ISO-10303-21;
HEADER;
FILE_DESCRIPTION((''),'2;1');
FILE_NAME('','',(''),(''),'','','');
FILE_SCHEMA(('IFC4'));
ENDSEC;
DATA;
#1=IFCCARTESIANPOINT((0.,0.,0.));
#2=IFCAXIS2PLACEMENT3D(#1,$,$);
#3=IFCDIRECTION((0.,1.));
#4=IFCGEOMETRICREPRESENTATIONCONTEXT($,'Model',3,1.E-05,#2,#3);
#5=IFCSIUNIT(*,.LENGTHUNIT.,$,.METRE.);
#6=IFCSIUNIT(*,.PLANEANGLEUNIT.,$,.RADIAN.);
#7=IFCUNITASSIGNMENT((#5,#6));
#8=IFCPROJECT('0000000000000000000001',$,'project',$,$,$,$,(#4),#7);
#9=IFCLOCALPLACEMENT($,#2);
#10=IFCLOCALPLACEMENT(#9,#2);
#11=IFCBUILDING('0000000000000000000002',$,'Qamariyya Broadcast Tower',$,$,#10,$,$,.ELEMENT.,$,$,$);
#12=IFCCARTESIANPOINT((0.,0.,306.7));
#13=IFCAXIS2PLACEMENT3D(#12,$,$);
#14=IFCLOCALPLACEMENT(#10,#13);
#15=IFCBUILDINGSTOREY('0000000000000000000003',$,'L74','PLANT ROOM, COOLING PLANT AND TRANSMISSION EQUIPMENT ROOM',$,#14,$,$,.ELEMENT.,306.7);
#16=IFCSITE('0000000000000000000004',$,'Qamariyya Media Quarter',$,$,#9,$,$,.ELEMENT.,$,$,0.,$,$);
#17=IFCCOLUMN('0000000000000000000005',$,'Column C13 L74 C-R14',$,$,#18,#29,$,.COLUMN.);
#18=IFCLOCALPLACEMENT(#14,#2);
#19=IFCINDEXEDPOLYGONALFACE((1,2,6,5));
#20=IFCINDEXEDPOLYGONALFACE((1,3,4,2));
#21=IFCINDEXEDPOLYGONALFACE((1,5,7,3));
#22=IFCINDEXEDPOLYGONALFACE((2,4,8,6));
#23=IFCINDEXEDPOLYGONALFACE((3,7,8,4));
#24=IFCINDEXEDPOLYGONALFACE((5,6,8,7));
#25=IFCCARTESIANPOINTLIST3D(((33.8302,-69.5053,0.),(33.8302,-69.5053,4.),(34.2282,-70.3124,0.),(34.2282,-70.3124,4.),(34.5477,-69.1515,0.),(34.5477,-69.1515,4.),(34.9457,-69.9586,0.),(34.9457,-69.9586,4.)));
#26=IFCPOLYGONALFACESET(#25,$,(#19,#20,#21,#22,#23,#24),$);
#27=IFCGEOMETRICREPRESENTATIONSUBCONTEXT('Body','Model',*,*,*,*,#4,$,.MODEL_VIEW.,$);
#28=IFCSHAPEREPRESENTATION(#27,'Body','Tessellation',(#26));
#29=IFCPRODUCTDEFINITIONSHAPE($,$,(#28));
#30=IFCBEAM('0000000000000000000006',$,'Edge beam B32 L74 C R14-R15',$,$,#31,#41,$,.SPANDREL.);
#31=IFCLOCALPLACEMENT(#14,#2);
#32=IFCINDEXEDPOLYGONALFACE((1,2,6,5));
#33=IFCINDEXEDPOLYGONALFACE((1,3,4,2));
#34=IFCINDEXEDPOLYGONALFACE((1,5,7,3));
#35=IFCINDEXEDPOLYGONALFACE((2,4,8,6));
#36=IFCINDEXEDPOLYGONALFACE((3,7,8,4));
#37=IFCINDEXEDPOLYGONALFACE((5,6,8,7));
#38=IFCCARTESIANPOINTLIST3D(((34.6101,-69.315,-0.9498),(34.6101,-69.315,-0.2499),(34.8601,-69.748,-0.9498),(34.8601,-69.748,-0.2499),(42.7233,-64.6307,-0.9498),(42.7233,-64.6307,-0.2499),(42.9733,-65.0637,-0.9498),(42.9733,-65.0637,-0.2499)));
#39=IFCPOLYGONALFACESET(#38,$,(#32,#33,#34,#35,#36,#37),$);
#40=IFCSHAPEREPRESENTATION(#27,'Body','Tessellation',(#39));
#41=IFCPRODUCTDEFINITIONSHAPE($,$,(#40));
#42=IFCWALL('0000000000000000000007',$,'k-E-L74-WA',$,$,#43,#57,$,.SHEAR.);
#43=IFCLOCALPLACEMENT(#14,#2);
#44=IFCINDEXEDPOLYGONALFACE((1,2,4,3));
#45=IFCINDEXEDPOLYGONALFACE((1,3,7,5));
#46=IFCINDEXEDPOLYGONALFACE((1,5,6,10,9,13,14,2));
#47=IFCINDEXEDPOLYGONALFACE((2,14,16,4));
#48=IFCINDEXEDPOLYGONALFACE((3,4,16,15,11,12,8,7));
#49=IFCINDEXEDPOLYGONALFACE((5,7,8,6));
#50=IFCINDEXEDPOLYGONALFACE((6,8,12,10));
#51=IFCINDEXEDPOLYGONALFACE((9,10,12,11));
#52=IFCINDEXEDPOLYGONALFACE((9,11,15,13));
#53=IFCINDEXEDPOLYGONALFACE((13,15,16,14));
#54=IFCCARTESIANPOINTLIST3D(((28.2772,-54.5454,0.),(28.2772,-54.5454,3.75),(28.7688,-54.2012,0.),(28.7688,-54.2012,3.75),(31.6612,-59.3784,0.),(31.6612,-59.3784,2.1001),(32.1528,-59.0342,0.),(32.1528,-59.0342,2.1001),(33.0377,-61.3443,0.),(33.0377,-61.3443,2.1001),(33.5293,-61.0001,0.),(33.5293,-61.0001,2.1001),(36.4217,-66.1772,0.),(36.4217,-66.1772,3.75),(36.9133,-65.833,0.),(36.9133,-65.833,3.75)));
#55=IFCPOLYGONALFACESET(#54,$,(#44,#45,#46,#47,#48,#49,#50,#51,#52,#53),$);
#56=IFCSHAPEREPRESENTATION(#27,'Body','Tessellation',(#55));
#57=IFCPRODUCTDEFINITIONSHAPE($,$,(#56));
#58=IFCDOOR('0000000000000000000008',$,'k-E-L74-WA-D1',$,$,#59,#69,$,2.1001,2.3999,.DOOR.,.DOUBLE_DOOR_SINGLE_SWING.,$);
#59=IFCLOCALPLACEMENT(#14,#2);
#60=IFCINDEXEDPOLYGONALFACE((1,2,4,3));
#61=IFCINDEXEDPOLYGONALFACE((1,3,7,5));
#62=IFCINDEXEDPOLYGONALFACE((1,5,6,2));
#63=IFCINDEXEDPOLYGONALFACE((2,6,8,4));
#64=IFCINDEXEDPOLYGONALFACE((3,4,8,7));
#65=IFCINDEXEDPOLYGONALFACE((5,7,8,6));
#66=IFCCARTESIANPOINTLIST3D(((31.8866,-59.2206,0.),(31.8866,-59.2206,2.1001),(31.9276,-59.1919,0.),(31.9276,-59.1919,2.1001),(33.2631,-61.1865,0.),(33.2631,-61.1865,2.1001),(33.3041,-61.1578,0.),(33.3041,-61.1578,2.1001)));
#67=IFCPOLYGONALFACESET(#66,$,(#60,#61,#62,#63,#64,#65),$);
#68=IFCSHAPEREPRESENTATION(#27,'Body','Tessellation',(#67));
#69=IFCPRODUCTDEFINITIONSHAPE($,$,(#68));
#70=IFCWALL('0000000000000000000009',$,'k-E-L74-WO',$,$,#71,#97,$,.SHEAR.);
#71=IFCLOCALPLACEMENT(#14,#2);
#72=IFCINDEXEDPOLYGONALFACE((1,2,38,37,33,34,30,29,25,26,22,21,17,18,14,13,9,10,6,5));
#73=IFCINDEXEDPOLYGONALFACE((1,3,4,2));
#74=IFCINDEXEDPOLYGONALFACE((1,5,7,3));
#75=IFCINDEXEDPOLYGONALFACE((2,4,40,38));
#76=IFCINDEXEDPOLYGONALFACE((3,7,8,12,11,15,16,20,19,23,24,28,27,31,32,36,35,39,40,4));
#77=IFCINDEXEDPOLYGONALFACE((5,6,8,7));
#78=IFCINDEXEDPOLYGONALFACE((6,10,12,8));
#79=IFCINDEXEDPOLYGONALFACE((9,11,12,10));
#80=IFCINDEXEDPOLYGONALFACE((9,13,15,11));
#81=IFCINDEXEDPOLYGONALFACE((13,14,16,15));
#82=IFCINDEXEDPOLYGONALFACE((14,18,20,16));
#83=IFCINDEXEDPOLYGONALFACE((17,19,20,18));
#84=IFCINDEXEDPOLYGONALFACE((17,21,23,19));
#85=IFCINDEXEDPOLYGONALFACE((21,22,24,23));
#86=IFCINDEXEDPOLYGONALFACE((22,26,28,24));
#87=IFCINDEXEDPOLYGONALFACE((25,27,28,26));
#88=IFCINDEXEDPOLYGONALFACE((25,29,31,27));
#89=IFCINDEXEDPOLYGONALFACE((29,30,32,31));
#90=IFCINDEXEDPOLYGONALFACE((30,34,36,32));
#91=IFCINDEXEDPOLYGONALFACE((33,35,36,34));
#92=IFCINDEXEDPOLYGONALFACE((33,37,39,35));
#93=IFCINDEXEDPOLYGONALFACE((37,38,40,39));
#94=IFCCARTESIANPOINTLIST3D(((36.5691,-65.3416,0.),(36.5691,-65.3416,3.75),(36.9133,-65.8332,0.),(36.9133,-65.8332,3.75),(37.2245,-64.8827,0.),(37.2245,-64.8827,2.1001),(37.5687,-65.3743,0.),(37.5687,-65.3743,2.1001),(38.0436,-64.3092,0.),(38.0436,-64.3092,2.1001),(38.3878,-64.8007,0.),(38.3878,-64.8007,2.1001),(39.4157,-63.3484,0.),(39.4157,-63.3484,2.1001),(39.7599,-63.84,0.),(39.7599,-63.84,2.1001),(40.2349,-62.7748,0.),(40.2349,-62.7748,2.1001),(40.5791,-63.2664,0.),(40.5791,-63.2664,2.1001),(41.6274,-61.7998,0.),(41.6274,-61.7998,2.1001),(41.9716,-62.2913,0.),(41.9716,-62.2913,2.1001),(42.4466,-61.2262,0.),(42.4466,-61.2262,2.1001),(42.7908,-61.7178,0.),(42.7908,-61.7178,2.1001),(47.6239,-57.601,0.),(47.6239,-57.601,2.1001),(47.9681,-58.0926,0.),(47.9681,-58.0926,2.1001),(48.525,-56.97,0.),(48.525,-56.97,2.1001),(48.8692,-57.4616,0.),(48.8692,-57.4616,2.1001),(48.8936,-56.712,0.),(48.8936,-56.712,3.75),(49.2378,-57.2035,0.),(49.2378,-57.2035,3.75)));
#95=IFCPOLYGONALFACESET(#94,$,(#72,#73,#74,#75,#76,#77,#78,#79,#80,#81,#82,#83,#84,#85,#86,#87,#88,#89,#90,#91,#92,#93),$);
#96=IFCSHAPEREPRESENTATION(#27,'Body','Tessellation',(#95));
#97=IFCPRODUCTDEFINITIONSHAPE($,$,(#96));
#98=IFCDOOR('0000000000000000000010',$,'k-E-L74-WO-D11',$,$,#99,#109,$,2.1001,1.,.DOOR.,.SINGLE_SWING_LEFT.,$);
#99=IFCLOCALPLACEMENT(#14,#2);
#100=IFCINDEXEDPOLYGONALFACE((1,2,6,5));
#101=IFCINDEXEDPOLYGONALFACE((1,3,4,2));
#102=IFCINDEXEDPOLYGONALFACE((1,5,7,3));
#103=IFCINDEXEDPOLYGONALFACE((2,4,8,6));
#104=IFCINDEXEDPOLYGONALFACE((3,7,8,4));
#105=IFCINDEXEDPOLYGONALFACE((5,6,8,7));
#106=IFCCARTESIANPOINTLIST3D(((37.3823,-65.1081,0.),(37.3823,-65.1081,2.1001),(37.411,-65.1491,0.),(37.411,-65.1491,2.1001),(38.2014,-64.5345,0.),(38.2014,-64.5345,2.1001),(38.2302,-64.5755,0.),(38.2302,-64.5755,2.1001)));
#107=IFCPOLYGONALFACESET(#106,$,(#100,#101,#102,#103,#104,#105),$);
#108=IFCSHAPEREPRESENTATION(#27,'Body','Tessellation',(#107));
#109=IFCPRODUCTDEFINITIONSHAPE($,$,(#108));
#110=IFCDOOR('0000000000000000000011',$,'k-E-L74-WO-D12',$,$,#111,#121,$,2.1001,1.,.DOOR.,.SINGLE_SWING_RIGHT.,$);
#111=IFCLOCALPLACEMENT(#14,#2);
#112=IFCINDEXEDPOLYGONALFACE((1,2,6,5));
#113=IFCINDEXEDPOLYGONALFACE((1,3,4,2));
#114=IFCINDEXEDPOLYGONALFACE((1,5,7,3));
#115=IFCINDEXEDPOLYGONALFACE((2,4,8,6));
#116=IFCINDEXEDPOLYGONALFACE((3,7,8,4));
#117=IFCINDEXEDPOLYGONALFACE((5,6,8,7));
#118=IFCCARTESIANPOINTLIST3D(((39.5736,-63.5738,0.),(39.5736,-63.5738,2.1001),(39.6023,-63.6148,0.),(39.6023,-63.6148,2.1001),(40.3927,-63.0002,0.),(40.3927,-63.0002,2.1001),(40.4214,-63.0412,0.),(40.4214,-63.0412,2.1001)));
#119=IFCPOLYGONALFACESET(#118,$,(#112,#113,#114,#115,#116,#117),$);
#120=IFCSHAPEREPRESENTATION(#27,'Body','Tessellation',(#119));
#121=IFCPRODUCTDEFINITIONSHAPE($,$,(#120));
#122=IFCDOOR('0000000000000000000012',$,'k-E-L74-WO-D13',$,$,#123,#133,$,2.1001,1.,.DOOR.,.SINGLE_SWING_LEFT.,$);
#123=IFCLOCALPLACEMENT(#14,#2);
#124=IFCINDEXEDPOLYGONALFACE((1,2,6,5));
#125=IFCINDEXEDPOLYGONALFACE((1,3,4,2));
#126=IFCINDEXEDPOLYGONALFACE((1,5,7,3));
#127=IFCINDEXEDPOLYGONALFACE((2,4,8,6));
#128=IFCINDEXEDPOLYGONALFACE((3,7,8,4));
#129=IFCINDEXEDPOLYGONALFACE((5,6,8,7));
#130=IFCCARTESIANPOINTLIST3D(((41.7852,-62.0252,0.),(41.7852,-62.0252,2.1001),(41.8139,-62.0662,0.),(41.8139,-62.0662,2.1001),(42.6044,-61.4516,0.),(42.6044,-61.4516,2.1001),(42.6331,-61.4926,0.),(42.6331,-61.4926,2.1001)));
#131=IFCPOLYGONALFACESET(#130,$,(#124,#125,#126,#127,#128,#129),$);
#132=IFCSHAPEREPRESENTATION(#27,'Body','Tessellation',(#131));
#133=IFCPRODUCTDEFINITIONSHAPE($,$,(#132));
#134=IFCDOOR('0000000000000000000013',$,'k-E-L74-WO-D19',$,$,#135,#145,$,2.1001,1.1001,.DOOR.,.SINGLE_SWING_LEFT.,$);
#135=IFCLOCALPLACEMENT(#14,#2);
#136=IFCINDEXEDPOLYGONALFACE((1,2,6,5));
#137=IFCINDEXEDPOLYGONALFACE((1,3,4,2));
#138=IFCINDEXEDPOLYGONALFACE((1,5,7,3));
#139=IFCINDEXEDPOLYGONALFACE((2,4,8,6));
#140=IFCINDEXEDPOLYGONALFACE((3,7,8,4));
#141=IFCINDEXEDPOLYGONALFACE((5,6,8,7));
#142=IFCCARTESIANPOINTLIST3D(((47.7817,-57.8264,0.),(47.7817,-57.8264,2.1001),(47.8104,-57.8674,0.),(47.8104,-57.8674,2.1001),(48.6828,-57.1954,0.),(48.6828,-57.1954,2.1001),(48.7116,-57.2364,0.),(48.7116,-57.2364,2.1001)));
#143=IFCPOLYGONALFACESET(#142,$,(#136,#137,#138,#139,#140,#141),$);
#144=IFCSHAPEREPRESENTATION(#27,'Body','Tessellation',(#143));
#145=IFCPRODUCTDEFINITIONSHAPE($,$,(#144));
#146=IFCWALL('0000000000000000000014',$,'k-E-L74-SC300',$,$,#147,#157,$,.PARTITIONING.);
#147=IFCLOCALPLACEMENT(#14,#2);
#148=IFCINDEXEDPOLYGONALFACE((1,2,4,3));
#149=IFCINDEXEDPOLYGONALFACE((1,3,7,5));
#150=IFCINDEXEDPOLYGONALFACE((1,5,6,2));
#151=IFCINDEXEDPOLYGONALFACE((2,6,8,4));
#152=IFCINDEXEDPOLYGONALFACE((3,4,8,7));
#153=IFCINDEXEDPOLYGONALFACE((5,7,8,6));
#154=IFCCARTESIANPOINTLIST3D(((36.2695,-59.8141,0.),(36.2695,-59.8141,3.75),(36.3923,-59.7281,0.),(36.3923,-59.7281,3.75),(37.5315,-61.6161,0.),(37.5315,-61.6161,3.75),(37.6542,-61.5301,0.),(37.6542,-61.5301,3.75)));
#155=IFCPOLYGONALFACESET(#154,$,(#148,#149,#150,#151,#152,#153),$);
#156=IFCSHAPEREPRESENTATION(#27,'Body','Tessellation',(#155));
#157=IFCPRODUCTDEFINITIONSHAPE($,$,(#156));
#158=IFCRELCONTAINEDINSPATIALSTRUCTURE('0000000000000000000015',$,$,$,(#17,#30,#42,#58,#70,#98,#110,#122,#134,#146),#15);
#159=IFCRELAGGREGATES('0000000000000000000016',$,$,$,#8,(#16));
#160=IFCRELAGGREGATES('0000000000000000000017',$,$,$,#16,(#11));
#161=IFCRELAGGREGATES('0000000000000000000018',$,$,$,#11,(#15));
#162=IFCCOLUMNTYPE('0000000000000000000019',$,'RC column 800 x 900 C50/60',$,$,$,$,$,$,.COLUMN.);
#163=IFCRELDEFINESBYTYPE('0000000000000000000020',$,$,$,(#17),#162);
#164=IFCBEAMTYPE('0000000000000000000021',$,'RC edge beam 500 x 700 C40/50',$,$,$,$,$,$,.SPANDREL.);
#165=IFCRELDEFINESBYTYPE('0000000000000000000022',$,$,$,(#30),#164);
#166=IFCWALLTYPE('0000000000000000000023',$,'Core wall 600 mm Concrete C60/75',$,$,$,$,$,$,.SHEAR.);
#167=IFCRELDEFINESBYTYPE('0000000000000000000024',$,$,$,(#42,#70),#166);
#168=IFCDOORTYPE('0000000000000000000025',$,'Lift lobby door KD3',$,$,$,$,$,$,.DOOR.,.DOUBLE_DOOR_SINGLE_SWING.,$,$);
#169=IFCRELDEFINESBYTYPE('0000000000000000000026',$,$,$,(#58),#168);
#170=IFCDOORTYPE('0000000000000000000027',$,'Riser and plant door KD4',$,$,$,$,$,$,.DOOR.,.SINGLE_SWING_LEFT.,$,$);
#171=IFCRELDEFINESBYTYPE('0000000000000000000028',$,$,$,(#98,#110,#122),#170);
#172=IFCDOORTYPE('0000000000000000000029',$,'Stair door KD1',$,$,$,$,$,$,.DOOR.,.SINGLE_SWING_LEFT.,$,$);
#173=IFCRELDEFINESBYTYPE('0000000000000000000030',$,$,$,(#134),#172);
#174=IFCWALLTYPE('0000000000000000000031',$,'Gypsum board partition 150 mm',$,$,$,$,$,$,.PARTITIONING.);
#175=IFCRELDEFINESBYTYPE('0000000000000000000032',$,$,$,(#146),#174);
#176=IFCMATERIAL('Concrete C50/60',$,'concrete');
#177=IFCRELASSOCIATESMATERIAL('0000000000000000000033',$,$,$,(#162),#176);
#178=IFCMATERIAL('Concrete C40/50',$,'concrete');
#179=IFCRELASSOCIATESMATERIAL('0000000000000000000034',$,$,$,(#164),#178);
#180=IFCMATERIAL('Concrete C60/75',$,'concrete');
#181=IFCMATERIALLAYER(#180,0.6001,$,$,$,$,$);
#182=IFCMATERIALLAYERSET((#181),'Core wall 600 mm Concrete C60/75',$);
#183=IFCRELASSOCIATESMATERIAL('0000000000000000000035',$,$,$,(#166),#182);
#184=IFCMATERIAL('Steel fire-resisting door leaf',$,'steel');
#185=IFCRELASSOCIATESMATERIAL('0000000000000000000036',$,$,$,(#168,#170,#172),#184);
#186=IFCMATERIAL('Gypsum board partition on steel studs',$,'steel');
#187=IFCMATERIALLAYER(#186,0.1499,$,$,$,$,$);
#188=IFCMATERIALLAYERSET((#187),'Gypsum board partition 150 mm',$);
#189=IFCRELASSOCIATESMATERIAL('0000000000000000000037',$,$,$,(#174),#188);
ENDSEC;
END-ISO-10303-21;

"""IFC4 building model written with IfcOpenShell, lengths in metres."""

from ifc_helpers import new_model, si_unit, direction, frame, frame_2d, origin, origin_2d, place, context, subcontext, project, spatial, rectangle, extrude, material, layer, layer_set, material_profile, profile_set, type_object, element, fill, save


model = new_model("IFC4")

# Units and contexts
model_context = context("Model", 3, precision=1e-05, world=origin(), true_north=direction((0.0, 1.0)))
body_context = subcontext(model_context, "Body", "Model", "MODEL_VIEW")
ifc_project = project(units=[si_unit("LENGTHUNIT", "METRE"), si_unit("PLANEANGLEUNIT", "RADIAN")], contexts=[model_context])

# Site, building, storey
site_placement = place(None, origin())
site = spatial("IfcSite", under=ifc_project, at=site_placement, Name="Qamariyya Media Quarter", CompositionType="ELEMENT", RefElevation=0.0)
building_placement = place(site_placement, origin())
building = spatial("IfcBuilding", under=site, at=building_placement, Name="Qamariyya Broadcast Tower", CompositionType="ELEMENT")
storey_placement = place(building_placement, frame((0.0, 0.0, 306.7)))
storey = spatial("IfcBuildingStorey", under=building, at=storey_placement, Name="L74", Description="PLANT ROOM, COOLING PLANT AND TRANSMISSION EQUIPMENT ROOM", CompositionType="ELEMENT", Elevation=306.7)

# Column
ifc_material_1 = material(Name="Concrete C50/60", Category="concrete")
ifc_material_profile_1 = material_profile(ifc_material_1, rectangle(XDim=0.8, YDim=0.8999, at=origin_2d()))
ifc_profile_set_1 = profile_set([ifc_material_profile_1], Name="Concrete C50/60")
column_type = type_object("IfcColumnType", Name="RC column 800 x 900 C50/60", PredefinedType="COLUMN", material=ifc_profile_set_1)
column_placement = place(storey_placement, frame((34.3879, -69.7319, 0.0), z_axis=(0.0, 0.0, 1.0), x_axis=(0.896873, 0.442289, 0.0)))
element("IfcColumn", 1, at=column_placement, inside=storey, type_object=column_type, Name="Column C13 L74 C-R14", PredefinedType="COLUMN", context=body_context, shape_type="SweptSolid", body=[
    extrude(rectangle(XDim=0.8, YDim=0.8999, at=origin_2d()), origin(), (0.0, 0.0, 1.0), 4.0),
])

# Beam
ifc_material_2 = material(Name="Concrete C40/50", Category="concrete")
ifc_material_profile_2 = material_profile(ifc_material_2, rectangle(XDim=0.5, YDim=0.7, at=origin_2d()))
ifc_profile_set_2 = profile_set([ifc_material_profile_2], Name="Concrete C40/50")
beam_type = type_object("IfcBeamType", Name="RC edge beam 500 x 700 C40/50", PredefinedType="SPANDREL", material=ifc_profile_set_2)
beam_placement = place(storey_placement, frame((34.7351, -69.5315, -0.5999), z_axis=(0.86602, 0.50001, 0.0), x_axis=(-0.50001, 0.86602, 0.0)))
element("IfcBeam", 2, at=beam_placement, inside=storey, type_object=beam_type, Name="Edge beam B32 L74 C R14-R15", PredefinedType="SPANDREL", context=body_context, shape_type="SweptSolid", body=[
    extrude(rectangle(XDim=0.5, YDim=0.7, at=origin_2d()), origin(), (0.0, 0.0, 1.0), 9.3684),
])

# Wall, opening, door
ifc_material_3 = material(Name="Concrete C60/75", Category="concrete")
ifc_layer_1 = layer(ifc_material_3, 0.6001)
ifc_layer_set_1 = layer_set([ifc_layer_1], Name="Core wall 600 mm Concrete C60/75")
wall_type_1 = type_object("IfcWallType", Name="Core wall 600 mm Concrete C60/75", PredefinedType="SHEAR", material=ifc_layer_set_1)
wall_1_placement = place(storey_placement, frame((36.6675, -66.0051, 0.0), z_axis=(0.0, 0.0, 1.0), x_axis=(-0.573568, 0.819158, 0.0)))
wall_1 = element("IfcWall", 3, at=wall_1_placement, inside=storey, type_object=wall_type_1, Name="k-E-L74-WA", PredefinedType="SHEAR", context=body_context, shape_type="SweptSolid", body=[
    extrude(rectangle(XDim=14.1997, YDim=0.6001, at=frame_2d((7.0999, 0.0))), origin(), (0.0, 0.0, 1.0), 3.75),
])
opening_1_placement = place(wall_1_placement, frame((5.8999, 0.0, 0.0)))
opening_1 = element("IfcOpeningElement", 4, at=opening_1_placement, cuts=wall_1, PredefinedType="OPENING", context=body_context, shape_type="SweptSolid", body=[
    extrude(rectangle(XDim=2.3999, YDim=2.1001, at=frame_2d((1.2, 1.05))), frame((0.0, 0.3101, 0.0), z_axis=(0.0, -1.0, 0.0), x_axis=(1.0, 0.0, 0.0)), (0.0, 0.0, 1.0), 0.6201),
])
ifc_material_4 = material(Name="Steel fire-resisting door leaf", Category="steel")
door_type_1 = type_object("IfcDoorType", Name="Lift lobby door KD3", OperationType="DOUBLE_DOOR_SINGLE_SWING", PredefinedType="DOOR", material=ifc_material_4)
door_1_placement = place(opening_1_placement, origin())
door_1 = element("IfcDoor", 5, at=door_1_placement, inside=storey, type_object=door_type_1, Name="k-E-L74-WA-D1", OperationType="DOUBLE_DOOR_SINGLE_SWING", OverallHeight=2.1001, OverallWidth=2.3999, PredefinedType="DOOR", context=body_context, shape_type="SweptSolid", body=[
    extrude(rectangle(XDim=2.3999, YDim=2.1001, at=frame_2d((1.2, 1.05))), frame((0.0, 0.0249, 0.0), z_axis=(0.0, -1.0, 0.0), x_axis=(1.0, 0.0, 0.0)), (0.0, 0.0, 1.0), 0.05),
])
fill(opening_1, door_1)

# Wall, openings, doors
wall_2_placement = place(storey_placement, frame((36.7412, -65.5874, 0.0), z_axis=(0.0, 0.0, 1.0), x_axis=(0.819153, 0.573575, 0.0)))
wall_2 = element("IfcWall", 6, at=wall_2_placement, inside=storey, type_object=wall_type_1, Name="k-E-L74-WO", PredefinedType="SHEAR", context=body_context, shape_type="SweptSolid", body=[
    extrude(rectangle(XDim=15.0454, YDim=0.6001, at=frame_2d((7.5227, 0.0))), origin(), (0.0, 0.0, 1.0), 3.75),
])
opening_2_placement = place(wall_2_placement, frame((0.8, 0.0, 0.0)))
opening_2 = element("IfcOpeningElement", 7, at=opening_2_placement, cuts=wall_2, PredefinedType="OPENING", context=body_context, shape_type="SweptSolid", body=[
    extrude(rectangle(XDim=1.0, YDim=2.1001, at=frame_2d((0.5, 1.05))), frame((0.0, 0.3101, 0.0), z_axis=(0.0, -1.0, 0.0), x_axis=(1.0, 0.0, 0.0)), (0.0, 0.0, 1.0), 0.6201),
])
opening_3_placement = place(wall_2_placement, frame((3.4751, 0.0, 0.0)))
opening_3 = element("IfcOpeningElement", 8, at=opening_3_placement, cuts=wall_2, PredefinedType="OPENING", context=body_context, shape_type="SweptSolid", body=[
    extrude(rectangle(XDim=1.0, YDim=2.1001, at=frame_2d((0.5, 1.05))), frame((0.0, 0.3101, 0.0), z_axis=(0.0, -1.0, 0.0), x_axis=(1.0, 0.0, 0.0)), (0.0, 0.0, 1.0), 0.6201),
])
opening_4_placement = place(wall_2_placement, frame((6.175, 0.0, 0.0)))
opening_4 = element("IfcOpeningElement", 9, at=opening_4_placement, cuts=wall_2, PredefinedType="OPENING", context=body_context, shape_type="SweptSolid", body=[
    extrude(rectangle(XDim=1.0, YDim=2.1001, at=frame_2d((0.5, 1.05))), frame((0.0, 0.3101, 0.0), z_axis=(0.0, -1.0, 0.0), x_axis=(1.0, 0.0, 0.0)), (0.0, 0.0, 1.0), 0.6201),
])
opening_5_placement = place(wall_2_placement, frame((13.4954, 0.0, 0.0)))
opening_5 = element("IfcOpeningElement", 10, at=opening_5_placement, cuts=wall_2, PredefinedType="OPENING", context=body_context, shape_type="SweptSolid", body=[
    extrude(rectangle(XDim=1.1001, YDim=2.1001, at=frame_2d((0.55, 1.05))), frame((0.0, 0.3101, 0.0), z_axis=(0.0, -1.0, 0.0), x_axis=(1.0, 0.0, 0.0)), (0.0, 0.0, 1.0), 0.6201),
])
door_type_2 = type_object("IfcDoorType", Name="Riser and plant door KD4", OperationType="SINGLE_SWING_LEFT", PredefinedType="DOOR", material=ifc_material_4)
door_2_placement = place(opening_2_placement, origin())
door_2 = element("IfcDoor", 11, at=door_2_placement, inside=storey, type_object=door_type_2, Name="k-E-L74-WO-D11", OperationType="SINGLE_SWING_LEFT", OverallHeight=2.1001, OverallWidth=1.0, PredefinedType="DOOR", context=body_context, shape_type="SweptSolid", body=[
    extrude(rectangle(XDim=1.0, YDim=2.1001, at=frame_2d((0.5, 1.05))), frame((0.0, 0.0249, 0.0), z_axis=(0.0, -1.0, 0.0), x_axis=(1.0, 0.0, 0.0)), (0.0, 0.0, 1.0), 0.05),
])
fill(opening_2, door_2)
door_3_placement = place(opening_3_placement, origin())
door_3 = element("IfcDoor", 12, at=door_3_placement, inside=storey, type_object=door_type_2, Name="k-E-L74-WO-D12", OperationType="SINGLE_SWING_RIGHT", OverallHeight=2.1001, OverallWidth=1.0, PredefinedType="DOOR", context=body_context, shape_type="SweptSolid", body=[
    extrude(rectangle(XDim=1.0, YDim=2.1001, at=frame_2d((0.5, 1.05))), frame((0.0, 0.0249, 0.0), z_axis=(0.0, -1.0, 0.0), x_axis=(1.0, 0.0, 0.0)), (0.0, 0.0, 1.0), 0.05),
])
fill(opening_3, door_3)
door_4_placement = place(opening_4_placement, origin())
door_4 = element("IfcDoor", 13, at=door_4_placement, inside=storey, type_object=door_type_2, Name="k-E-L74-WO-D13", OperationType="SINGLE_SWING_LEFT", OverallHeight=2.1001, OverallWidth=1.0, PredefinedType="DOOR", context=body_context, shape_type="SweptSolid", body=[
    extrude(rectangle(XDim=1.0, YDim=2.1001, at=frame_2d((0.5, 1.05))), frame((0.0, 0.0249, 0.0), z_axis=(0.0, -1.0, 0.0), x_axis=(1.0, 0.0, 0.0)), (0.0, 0.0, 1.0), 0.05),
])
fill(opening_4, door_4)
door_type_3 = type_object("IfcDoorType", Name="Stair door KD1", OperationType="SINGLE_SWING_LEFT", PredefinedType="DOOR", material=ifc_material_4)
door_5_placement = place(opening_5_placement, origin())
door_5 = element("IfcDoor", 14, at=door_5_placement, inside=storey, type_object=door_type_3, Name="k-E-L74-WO-D19", OperationType="SINGLE_SWING_LEFT", OverallHeight=2.1001, OverallWidth=1.1001, PredefinedType="DOOR", context=body_context, shape_type="SweptSolid", body=[
    extrude(rectangle(XDim=1.1001, YDim=2.1001, at=frame_2d((0.55, 1.05))), frame((0.0, 0.0249, 0.0), z_axis=(0.0, -1.0, 0.0), x_axis=(1.0, 0.0, 0.0)), (0.0, 0.0, 1.0), 0.05),
])
fill(opening_5, door_5)

# Wall
ifc_material_5 = material(Name="Gypsum board partition on steel studs", Category="steel")
ifc_layer_2 = layer(ifc_material_5, 0.1499)
ifc_layer_set_2 = layer_set([ifc_layer_2], Name="Gypsum board partition 150 mm")
wall_type_2 = type_object("IfcWallType", Name="Gypsum board partition 150 mm", PredefinedType="PARTITIONING", material=ifc_layer_set_2)
for number, where, z_axis, x_axis, name in (
    (15, (36.3308, -59.771, 0.0), (0.0, 0.0, 1.0), (0.573634, -0.819112, 0.0), "k-E-L74-SC300"),
):
    element("IfcWall", number, at=place(storey_placement, frame(where, z_axis=z_axis, x_axis=x_axis)), inside=storey, type_object=wall_type_2, Name=name, PredefinedType="PARTITIONING", context=body_context, shape_type="SweptSolid", body=[
        extrude(rectangle(XDim=2.2, YDim=0.1499, at=frame_2d((1.1001, 0.0))), origin(), (0.0, 0.0, 1.0), 3.75),
    ])

save(model, "model.ifc")
